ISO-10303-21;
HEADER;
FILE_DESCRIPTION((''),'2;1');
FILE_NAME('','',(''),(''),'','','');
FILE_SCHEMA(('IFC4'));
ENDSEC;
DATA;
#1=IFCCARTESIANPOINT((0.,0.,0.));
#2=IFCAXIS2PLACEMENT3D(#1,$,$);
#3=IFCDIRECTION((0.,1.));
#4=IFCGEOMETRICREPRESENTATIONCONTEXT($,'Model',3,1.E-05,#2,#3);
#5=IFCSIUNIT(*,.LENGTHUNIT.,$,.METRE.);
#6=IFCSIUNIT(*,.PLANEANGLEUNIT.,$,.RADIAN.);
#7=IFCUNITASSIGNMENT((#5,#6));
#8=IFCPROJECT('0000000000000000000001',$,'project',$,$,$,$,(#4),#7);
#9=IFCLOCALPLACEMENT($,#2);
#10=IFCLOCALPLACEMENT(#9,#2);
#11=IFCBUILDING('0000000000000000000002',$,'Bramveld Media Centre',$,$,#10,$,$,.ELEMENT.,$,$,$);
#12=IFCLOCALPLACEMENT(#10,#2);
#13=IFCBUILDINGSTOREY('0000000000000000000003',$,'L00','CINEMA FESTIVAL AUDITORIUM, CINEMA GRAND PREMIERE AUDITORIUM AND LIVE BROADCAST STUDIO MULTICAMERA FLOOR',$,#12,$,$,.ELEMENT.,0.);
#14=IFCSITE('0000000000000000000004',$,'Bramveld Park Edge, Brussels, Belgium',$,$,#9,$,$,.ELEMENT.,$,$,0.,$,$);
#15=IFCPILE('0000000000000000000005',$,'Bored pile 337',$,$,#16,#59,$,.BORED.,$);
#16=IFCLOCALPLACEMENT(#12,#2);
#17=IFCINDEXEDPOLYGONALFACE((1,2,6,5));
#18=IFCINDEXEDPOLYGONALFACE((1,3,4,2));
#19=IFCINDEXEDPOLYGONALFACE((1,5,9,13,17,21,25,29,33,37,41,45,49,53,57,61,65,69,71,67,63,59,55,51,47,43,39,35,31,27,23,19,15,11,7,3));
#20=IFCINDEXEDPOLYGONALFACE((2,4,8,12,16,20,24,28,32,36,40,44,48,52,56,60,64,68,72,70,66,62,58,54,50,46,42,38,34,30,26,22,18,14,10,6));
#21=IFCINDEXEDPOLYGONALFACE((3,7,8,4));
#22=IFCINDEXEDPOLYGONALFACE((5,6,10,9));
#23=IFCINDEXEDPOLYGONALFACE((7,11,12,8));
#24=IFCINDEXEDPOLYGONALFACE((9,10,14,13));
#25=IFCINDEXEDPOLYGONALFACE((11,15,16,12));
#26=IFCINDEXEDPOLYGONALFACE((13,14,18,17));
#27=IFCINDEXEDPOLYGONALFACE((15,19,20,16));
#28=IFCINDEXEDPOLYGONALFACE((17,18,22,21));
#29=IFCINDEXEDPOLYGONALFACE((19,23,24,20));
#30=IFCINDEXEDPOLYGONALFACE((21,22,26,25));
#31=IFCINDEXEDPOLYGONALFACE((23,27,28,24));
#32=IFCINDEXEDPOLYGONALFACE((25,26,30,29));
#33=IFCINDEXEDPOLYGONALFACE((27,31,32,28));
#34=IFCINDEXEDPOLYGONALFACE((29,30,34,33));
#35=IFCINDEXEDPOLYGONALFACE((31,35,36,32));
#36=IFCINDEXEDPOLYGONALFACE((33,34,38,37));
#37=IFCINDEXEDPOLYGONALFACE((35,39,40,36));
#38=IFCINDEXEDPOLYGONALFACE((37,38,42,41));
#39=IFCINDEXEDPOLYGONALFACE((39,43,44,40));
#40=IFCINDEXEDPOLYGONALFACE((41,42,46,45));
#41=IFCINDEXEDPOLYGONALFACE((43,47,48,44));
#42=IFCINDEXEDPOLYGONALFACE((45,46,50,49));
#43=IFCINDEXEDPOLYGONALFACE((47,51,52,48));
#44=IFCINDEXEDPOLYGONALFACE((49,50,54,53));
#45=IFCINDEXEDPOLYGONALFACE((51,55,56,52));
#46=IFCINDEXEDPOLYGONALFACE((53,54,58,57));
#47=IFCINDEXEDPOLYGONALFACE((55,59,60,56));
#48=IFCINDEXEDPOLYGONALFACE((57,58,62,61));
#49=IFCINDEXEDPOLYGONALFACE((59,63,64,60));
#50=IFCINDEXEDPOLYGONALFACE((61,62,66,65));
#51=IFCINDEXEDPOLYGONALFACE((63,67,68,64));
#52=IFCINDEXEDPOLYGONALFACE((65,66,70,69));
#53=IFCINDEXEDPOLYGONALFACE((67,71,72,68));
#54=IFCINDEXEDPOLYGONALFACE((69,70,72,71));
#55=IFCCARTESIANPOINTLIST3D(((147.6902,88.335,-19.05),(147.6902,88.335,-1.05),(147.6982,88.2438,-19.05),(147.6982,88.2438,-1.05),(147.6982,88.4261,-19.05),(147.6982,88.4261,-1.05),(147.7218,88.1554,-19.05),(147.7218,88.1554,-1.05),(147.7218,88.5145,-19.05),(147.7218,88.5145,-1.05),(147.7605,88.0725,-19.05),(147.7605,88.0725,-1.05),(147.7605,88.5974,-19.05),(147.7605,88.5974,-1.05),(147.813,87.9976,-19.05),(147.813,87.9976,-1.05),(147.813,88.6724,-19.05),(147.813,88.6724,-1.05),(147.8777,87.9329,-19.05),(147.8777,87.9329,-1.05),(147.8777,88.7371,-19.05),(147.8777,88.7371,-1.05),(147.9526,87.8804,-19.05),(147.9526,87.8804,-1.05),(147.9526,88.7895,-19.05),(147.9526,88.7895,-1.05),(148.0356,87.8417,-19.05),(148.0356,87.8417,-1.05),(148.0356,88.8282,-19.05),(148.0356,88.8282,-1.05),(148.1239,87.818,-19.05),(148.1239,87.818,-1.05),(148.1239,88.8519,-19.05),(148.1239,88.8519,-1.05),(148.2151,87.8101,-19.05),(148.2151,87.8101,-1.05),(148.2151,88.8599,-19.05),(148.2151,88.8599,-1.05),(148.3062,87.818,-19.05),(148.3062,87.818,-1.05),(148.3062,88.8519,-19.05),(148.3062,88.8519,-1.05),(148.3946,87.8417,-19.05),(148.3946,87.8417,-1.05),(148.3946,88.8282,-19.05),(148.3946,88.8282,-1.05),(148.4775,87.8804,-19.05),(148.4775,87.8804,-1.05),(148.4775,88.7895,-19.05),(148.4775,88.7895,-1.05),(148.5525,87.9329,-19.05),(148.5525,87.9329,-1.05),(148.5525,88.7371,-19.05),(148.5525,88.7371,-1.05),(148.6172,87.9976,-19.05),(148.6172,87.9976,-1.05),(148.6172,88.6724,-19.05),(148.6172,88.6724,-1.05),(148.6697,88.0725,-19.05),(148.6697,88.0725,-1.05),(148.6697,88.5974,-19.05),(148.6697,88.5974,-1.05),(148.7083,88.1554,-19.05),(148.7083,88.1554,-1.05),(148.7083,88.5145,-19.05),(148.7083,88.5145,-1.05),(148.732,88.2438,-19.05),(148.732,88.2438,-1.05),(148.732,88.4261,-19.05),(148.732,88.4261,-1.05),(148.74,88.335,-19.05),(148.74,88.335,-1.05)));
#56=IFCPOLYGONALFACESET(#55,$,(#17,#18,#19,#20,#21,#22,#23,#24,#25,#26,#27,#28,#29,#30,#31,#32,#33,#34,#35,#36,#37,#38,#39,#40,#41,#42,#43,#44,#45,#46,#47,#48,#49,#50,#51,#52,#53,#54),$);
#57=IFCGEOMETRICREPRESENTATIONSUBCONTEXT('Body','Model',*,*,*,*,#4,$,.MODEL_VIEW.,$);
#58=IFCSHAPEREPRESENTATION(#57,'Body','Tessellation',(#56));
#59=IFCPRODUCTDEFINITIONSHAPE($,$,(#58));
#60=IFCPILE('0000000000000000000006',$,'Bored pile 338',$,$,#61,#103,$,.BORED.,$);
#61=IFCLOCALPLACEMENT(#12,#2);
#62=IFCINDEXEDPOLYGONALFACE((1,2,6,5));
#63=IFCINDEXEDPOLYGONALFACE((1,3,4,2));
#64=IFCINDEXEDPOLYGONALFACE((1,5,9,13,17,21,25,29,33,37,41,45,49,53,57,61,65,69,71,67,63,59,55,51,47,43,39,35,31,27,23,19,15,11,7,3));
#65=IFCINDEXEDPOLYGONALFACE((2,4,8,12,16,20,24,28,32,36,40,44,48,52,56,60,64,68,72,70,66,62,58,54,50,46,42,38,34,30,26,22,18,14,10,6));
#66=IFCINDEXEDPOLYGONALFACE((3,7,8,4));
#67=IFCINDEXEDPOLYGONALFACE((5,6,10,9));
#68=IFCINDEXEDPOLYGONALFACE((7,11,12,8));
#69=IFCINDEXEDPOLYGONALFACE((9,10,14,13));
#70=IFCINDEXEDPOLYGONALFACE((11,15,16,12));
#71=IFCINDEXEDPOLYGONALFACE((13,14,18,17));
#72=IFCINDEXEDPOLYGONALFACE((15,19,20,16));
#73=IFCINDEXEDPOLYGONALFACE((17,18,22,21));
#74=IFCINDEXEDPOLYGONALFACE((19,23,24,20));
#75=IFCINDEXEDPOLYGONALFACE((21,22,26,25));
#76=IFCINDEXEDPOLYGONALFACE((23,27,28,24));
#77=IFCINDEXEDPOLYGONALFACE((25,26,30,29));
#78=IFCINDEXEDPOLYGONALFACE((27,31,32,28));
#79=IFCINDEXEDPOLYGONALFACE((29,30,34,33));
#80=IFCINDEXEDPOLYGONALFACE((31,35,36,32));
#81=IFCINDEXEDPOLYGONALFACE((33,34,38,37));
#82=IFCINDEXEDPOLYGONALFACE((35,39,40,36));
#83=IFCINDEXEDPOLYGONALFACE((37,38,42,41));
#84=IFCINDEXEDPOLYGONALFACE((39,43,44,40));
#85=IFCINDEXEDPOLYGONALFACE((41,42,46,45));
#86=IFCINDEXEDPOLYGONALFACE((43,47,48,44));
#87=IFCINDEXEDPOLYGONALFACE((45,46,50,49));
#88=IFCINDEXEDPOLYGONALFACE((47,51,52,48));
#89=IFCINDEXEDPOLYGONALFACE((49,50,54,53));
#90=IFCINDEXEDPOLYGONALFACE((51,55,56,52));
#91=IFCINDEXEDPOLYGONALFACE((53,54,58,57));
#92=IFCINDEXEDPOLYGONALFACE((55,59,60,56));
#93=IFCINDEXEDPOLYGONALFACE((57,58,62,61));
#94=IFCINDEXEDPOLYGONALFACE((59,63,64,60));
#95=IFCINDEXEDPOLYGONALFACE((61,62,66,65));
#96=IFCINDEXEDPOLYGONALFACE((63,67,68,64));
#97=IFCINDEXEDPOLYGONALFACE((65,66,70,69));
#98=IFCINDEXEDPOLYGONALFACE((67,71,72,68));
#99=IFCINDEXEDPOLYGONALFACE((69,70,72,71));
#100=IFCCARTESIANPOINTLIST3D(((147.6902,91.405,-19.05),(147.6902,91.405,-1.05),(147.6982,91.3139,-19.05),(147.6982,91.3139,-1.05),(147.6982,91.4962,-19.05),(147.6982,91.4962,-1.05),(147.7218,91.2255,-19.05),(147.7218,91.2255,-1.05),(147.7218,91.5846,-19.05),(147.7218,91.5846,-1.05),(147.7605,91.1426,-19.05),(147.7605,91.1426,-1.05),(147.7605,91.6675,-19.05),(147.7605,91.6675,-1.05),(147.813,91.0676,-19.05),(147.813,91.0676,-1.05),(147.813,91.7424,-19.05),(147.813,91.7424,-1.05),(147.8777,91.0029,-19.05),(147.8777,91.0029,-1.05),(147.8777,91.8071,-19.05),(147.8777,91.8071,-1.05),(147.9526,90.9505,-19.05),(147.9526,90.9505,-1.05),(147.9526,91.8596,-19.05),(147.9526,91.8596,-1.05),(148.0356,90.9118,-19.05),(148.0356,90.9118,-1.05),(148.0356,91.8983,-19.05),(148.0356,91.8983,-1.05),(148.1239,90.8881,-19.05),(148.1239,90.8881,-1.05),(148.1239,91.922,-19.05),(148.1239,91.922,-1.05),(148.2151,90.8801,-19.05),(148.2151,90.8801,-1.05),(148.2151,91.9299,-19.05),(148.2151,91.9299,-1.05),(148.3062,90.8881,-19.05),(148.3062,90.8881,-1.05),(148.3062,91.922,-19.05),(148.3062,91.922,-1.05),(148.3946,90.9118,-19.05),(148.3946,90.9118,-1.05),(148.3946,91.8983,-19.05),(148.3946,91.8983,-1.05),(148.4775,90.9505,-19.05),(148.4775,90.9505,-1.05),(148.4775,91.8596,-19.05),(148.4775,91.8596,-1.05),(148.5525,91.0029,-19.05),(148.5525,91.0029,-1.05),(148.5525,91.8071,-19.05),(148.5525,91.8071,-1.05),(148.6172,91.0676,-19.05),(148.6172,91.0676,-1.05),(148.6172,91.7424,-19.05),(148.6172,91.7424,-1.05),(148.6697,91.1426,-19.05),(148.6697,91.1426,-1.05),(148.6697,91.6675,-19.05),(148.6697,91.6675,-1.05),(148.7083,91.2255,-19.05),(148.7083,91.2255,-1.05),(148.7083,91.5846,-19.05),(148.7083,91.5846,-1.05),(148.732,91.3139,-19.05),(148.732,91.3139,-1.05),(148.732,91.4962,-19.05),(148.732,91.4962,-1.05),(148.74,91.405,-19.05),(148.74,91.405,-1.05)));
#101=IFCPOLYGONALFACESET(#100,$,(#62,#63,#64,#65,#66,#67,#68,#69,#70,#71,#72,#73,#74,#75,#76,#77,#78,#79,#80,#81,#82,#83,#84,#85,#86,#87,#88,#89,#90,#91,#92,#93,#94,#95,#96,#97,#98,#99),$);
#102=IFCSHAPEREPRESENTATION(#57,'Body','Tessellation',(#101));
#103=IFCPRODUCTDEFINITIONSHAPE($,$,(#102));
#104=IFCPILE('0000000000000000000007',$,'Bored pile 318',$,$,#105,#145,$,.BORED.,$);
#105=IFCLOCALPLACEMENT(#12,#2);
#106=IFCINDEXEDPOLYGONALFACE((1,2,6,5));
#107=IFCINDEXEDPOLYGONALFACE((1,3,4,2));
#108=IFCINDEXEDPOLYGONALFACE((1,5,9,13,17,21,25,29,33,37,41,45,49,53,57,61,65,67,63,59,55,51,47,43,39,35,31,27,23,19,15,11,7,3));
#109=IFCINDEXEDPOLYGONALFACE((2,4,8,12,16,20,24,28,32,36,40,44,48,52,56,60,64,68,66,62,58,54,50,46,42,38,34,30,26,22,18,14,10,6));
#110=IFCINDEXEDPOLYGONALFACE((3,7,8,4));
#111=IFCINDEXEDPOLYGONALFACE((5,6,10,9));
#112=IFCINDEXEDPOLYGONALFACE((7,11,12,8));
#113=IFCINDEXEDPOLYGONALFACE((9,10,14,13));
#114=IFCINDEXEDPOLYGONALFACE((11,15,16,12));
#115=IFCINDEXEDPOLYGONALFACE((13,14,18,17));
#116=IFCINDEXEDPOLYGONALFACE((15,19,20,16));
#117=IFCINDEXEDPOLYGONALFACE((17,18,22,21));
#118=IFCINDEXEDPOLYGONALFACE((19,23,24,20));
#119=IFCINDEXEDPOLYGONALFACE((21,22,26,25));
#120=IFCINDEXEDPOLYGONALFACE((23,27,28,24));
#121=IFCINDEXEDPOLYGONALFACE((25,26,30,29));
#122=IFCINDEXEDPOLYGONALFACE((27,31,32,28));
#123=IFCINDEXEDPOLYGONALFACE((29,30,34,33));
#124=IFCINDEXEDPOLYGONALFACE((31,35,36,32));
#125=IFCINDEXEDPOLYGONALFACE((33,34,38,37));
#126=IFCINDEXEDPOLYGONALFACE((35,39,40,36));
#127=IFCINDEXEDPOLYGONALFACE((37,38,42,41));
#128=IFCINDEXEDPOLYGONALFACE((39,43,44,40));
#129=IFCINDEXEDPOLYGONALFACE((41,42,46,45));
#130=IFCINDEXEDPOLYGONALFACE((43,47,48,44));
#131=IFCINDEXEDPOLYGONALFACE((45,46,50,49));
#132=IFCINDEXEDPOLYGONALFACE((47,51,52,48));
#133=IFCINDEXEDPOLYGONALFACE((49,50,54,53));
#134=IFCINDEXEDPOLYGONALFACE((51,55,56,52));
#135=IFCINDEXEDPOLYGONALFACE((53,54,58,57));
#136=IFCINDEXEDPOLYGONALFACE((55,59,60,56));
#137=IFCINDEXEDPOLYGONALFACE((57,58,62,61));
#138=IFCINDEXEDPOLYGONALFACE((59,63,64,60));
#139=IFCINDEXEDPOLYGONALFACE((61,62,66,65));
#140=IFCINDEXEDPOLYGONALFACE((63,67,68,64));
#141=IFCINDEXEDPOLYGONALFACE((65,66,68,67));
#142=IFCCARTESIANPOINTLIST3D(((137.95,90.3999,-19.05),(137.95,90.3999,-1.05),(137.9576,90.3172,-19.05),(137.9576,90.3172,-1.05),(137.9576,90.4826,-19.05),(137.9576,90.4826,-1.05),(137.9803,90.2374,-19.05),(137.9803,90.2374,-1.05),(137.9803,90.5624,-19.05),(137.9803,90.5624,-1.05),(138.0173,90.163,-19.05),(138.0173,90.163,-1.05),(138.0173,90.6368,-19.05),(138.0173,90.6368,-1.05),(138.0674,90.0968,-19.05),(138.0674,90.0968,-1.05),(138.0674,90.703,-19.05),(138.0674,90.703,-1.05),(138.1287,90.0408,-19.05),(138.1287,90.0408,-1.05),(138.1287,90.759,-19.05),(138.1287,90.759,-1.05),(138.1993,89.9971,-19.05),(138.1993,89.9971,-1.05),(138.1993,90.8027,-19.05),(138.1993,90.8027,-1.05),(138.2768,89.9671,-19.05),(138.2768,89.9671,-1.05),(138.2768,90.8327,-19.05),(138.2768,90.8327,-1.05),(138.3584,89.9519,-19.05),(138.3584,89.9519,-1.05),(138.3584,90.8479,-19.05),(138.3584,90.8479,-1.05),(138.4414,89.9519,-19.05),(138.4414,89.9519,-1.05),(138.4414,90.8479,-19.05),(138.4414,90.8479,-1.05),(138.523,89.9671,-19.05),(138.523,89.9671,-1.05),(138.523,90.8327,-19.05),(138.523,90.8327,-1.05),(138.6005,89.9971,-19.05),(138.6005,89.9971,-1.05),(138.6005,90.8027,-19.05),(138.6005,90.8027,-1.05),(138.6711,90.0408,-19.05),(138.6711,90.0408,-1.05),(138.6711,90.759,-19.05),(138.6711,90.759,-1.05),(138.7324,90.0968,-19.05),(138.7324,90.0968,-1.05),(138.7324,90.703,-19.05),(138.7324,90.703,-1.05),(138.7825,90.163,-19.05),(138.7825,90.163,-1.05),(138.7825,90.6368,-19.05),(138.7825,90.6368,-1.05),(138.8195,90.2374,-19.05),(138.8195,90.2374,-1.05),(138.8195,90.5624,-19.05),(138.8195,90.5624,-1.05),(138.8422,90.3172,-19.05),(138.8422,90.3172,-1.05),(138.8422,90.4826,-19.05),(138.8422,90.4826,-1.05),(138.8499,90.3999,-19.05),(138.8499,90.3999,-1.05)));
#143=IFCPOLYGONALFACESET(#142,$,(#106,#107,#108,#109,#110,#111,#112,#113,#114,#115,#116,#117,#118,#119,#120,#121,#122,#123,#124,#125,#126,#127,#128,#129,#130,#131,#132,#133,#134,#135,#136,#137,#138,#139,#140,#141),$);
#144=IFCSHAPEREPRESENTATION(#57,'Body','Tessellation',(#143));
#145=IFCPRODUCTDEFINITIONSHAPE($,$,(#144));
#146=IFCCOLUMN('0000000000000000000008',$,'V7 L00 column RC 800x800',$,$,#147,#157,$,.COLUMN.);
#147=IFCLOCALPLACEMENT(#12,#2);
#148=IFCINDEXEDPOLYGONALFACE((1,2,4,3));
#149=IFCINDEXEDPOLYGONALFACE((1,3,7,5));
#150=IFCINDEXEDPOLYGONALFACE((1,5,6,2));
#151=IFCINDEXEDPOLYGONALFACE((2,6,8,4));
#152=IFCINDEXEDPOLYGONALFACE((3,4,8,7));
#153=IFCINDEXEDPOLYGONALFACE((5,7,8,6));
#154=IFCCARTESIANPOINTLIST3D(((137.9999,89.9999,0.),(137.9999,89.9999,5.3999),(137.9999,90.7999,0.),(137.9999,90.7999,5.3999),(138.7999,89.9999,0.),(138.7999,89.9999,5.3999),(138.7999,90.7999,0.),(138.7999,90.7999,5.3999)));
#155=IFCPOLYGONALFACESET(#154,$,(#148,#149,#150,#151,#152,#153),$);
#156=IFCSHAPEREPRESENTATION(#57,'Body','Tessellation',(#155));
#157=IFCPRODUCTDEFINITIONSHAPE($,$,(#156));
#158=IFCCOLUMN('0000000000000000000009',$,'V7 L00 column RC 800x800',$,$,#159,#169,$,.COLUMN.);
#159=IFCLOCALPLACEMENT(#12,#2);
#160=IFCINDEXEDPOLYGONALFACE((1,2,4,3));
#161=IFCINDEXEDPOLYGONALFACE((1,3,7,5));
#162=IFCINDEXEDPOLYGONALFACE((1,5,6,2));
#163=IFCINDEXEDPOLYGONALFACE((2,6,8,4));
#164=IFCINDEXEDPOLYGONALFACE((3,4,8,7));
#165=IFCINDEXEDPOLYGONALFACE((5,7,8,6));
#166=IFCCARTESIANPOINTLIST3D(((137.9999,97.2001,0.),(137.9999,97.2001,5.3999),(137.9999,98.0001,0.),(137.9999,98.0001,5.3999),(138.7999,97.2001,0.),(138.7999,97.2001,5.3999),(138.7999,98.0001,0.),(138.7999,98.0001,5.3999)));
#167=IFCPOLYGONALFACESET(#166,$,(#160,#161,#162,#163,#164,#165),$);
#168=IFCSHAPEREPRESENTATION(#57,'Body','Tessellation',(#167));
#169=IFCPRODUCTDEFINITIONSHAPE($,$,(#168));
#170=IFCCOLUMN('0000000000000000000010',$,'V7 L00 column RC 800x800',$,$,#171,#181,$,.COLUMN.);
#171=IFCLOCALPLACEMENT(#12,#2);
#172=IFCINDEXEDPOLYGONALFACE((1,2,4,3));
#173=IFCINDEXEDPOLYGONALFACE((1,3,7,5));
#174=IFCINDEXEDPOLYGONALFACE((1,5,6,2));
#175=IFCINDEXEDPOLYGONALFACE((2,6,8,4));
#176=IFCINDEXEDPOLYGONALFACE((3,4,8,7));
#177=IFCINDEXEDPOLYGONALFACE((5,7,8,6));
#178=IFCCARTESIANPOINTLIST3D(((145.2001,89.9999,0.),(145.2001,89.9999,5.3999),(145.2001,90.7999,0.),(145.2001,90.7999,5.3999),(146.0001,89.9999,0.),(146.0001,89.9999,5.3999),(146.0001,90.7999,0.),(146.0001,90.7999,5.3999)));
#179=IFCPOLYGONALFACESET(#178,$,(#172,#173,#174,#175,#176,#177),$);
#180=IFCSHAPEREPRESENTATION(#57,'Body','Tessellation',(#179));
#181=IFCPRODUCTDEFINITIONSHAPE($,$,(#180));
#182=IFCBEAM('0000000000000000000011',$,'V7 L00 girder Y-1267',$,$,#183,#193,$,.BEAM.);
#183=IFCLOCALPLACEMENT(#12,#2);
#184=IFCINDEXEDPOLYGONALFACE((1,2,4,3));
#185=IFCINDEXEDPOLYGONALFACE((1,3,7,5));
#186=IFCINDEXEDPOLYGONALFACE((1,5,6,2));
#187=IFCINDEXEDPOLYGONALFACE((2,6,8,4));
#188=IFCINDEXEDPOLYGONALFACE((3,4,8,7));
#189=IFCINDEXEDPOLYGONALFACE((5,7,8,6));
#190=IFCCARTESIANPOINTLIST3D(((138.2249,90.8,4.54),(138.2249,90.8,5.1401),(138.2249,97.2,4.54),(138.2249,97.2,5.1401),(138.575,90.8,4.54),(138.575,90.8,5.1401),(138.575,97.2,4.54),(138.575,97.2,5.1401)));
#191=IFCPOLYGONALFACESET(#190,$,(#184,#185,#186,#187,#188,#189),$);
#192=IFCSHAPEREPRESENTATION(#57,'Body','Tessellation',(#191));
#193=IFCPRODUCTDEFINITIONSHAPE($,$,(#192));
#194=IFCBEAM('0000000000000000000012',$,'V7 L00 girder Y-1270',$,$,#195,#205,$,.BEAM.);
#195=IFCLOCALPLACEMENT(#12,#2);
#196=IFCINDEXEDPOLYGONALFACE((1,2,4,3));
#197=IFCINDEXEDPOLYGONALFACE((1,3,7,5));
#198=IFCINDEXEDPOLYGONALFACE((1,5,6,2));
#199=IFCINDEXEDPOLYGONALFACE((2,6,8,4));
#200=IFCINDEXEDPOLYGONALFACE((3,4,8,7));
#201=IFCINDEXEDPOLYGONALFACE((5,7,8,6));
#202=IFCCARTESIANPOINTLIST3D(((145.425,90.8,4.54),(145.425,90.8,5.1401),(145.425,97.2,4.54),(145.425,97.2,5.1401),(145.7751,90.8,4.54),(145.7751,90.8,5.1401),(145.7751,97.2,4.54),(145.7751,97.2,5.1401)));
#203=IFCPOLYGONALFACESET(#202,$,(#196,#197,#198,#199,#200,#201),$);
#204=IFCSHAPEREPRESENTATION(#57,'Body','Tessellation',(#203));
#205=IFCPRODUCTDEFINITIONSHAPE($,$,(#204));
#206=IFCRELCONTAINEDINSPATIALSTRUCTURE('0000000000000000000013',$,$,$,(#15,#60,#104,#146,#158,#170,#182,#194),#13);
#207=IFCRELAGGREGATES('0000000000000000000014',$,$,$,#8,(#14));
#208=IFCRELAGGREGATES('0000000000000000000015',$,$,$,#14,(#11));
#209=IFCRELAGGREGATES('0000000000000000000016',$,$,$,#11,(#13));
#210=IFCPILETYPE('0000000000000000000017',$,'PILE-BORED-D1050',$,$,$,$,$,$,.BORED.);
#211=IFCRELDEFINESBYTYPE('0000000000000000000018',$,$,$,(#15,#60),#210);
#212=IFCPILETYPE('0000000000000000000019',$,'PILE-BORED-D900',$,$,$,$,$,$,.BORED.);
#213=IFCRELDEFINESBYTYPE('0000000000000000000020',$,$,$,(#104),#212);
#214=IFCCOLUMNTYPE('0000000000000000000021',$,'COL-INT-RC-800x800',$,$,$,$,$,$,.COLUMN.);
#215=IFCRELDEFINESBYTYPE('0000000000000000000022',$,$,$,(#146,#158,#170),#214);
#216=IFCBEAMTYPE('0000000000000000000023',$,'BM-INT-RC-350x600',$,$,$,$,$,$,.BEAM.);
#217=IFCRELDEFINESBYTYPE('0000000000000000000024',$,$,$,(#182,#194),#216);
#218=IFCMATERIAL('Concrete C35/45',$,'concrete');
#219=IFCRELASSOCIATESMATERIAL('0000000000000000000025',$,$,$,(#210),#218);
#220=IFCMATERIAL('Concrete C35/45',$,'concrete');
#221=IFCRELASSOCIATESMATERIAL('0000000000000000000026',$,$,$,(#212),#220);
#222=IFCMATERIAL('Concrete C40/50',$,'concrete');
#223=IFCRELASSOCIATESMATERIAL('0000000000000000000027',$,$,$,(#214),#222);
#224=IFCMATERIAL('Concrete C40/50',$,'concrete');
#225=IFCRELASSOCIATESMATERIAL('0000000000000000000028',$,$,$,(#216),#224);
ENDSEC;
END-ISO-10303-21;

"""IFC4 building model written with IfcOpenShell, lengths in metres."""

from ifc_helpers import new_model, si_unit, direction, frame, origin, origin_2d, place, context, subcontext, project, spatial, rectangle, circle, extrude, material, material_profile, profile_set, type_object, element, save


model = new_model("IFC4")

# Units and contexts
model_context = context("Model", 3, precision=1e-05, world=origin(), true_north=direction((0.0, 1.0)))
body_context = subcontext(model_context, "Body", "Model", "MODEL_VIEW")
ifc_project = project(units=[si_unit("LENGTHUNIT", "METRE"), si_unit("PLANEANGLEUNIT", "RADIAN")], contexts=[model_context])

# Site, building, storey
site_placement = place(None, origin())
site = spatial("IfcSite", under=ifc_project, at=site_placement, Name="Bramveld Park Edge, Brussels, Belgium", CompositionType="ELEMENT", RefElevation=0.0)
building_placement = place(site_placement, origin())
building = spatial("IfcBuilding", under=site, at=building_placement, Name="Bramveld Media Centre", CompositionType="ELEMENT")
storey_placement = place(building_placement, origin())
storey = spatial("IfcBuildingStorey", under=building, at=storey_placement, Name="L00", Description="CINEMA FESTIVAL AUDITORIUM, CINEMA GRAND PREMIERE AUDITORIUM AND LIVE BROADCAST STUDIO MULTICAMERA FLOOR", CompositionType="ELEMENT", Elevation=0.0)

# Piles
ifc_material_1 = material(Name="Concrete C35/45", Category="concrete")
ifc_material_profile_1 = material_profile(ifc_material_1, circle(Radius=0.5249, at=origin_2d()), Name="BORED D1050")
ifc_profile_set_1 = profile_set([ifc_material_profile_1], Name="Concrete C35/45")
pile_type_1 = type_object("IfcPileType", Name="PILE-BORED-D1050", PredefinedType="BORED", material=ifc_profile_set_1)
for number, where, z_axis, x_axis, name in (
    (1, (148.2151, 88.335, -1.05), (0.0, 0.0, -1.0), (1.0, 0.0, 0.0), "Bored pile 337"),
    (2, (148.2151, 91.405, -1.05), (0.0, 0.0, -1.0), (1.0, 0.0, 0.0), "Bored pile 338"),
):
    element("IfcPile", number, at=place(storey_placement, frame(where, z_axis=z_axis, x_axis=x_axis)), inside=storey, type_object=pile_type_1, Name=name, PredefinedType="BORED", context=body_context, shape_type="SweptSolid", body=[
        extrude(circle(Radius=0.5249, at=origin_2d()), origin(), (0.0, 0.0, 1.0), 18.0),
    ])
ifc_material_2 = material(Name="Concrete C35/45", Category="concrete")
ifc_material_profile_2 = material_profile(ifc_material_2, circle(Radius=0.45, at=origin_2d()), Name="BORED D900")
ifc_profile_set_2 = profile_set([ifc_material_profile_2], Name="Concrete C35/45")
pile_type_2 = type_object("IfcPileType", Name="PILE-BORED-D900", PredefinedType="BORED", material=ifc_profile_set_2)
pile_placement = place(storey_placement, frame((138.3999, 90.3999, -1.05), z_axis=(0.0, 0.0, -1.0), x_axis=(1.0, 0.0, 0.0)))
element("IfcPile", 3, at=pile_placement, inside=storey, type_object=pile_type_2, Name="Bored pile 318", PredefinedType="BORED", context=body_context, shape_type="SweptSolid", body=[
    extrude(circle(Radius=0.45, at=origin_2d()), origin(), (0.0, 0.0, 1.0), 18.0),
])

# Columns
ifc_material_3 = material(Name="Concrete C40/50", Category="concrete")
ifc_material_profile_3 = material_profile(ifc_material_3, rectangle(XDim=0.8, YDim=0.8, at=origin_2d()), Name="RC 800x800")
ifc_profile_set_3 = profile_set([ifc_material_profile_3], Name="Concrete C40/50")
column_type = type_object("IfcColumnType", Name="COL-INT-RC-800x800", PredefinedType="COLUMN", material=ifc_profile_set_3)
for number, where, z_axis, x_axis, name in (
    (4, (138.3999, 90.3999, 0.0), (0.0, 0.0, 1.0), (1.0, 0.0, 0.0), "V7 L00 column RC 800x800"),
    (5, (138.3999, 97.6001, 0.0), (0.0, 0.0, 1.0), (1.0, 0.0, 0.0), "V7 L00 column RC 800x800"),
    (6, (145.6001, 90.3999, 0.0), (0.0, 0.0, 1.0), (1.0, 0.0, 0.0), "V7 L00 column RC 800x800"),
):
    element("IfcColumn", number, at=place(storey_placement, frame(where, z_axis=z_axis, x_axis=x_axis)), inside=storey, type_object=column_type, Name=name, PredefinedType="COLUMN", context=body_context, shape_type="SweptSolid", body=[
        extrude(rectangle(XDim=0.8, YDim=0.8, at=origin_2d()), origin(), (0.0, 0.0, 1.0), 5.3999),
    ])

# Beams
ifc_material_4 = material(Name="Concrete C40/50", Category="concrete")
ifc_material_profile_4 = material_profile(ifc_material_4, rectangle(XDim=0.3501, YDim=0.6001, at=origin_2d()), Name="RC 350x600")
ifc_profile_set_4 = profile_set([ifc_material_profile_4], Name="Concrete C40/50")
beam_type_1 = type_object("IfcBeamType", Name="BM-INT-RC-350x600", PredefinedType="BEAM", material=ifc_profile_set_4)
for number, where, z_axis, x_axis, name in (
    (7, (138.3999, 90.8, 4.8401), (0.0, 1.0, 0.0), (-1.0, 0.0, 0.0), "V7 L00 girder Y-1267"),
    (8, (145.6001, 90.8, 4.8401), (0.0, 1.0, 0.0), (-1.0, 0.0, 0.0), "V7 L00 girder Y-1270"),
):
    element("IfcBeam", number, at=place(storey_placement, frame(where, z_axis=z_axis, x_axis=x_axis)), inside=storey, type_object=beam_type_1, Name=name, PredefinedType="BEAM", context=body_context, shape_type="SweptSolid", body=[
        extrude(rectangle(XDim=0.3501, YDim=0.6001, at=origin_2d()), origin(), (0.0, 0.0, 1.0), 6.3999),
    ])

save(model, "model.ifc")
